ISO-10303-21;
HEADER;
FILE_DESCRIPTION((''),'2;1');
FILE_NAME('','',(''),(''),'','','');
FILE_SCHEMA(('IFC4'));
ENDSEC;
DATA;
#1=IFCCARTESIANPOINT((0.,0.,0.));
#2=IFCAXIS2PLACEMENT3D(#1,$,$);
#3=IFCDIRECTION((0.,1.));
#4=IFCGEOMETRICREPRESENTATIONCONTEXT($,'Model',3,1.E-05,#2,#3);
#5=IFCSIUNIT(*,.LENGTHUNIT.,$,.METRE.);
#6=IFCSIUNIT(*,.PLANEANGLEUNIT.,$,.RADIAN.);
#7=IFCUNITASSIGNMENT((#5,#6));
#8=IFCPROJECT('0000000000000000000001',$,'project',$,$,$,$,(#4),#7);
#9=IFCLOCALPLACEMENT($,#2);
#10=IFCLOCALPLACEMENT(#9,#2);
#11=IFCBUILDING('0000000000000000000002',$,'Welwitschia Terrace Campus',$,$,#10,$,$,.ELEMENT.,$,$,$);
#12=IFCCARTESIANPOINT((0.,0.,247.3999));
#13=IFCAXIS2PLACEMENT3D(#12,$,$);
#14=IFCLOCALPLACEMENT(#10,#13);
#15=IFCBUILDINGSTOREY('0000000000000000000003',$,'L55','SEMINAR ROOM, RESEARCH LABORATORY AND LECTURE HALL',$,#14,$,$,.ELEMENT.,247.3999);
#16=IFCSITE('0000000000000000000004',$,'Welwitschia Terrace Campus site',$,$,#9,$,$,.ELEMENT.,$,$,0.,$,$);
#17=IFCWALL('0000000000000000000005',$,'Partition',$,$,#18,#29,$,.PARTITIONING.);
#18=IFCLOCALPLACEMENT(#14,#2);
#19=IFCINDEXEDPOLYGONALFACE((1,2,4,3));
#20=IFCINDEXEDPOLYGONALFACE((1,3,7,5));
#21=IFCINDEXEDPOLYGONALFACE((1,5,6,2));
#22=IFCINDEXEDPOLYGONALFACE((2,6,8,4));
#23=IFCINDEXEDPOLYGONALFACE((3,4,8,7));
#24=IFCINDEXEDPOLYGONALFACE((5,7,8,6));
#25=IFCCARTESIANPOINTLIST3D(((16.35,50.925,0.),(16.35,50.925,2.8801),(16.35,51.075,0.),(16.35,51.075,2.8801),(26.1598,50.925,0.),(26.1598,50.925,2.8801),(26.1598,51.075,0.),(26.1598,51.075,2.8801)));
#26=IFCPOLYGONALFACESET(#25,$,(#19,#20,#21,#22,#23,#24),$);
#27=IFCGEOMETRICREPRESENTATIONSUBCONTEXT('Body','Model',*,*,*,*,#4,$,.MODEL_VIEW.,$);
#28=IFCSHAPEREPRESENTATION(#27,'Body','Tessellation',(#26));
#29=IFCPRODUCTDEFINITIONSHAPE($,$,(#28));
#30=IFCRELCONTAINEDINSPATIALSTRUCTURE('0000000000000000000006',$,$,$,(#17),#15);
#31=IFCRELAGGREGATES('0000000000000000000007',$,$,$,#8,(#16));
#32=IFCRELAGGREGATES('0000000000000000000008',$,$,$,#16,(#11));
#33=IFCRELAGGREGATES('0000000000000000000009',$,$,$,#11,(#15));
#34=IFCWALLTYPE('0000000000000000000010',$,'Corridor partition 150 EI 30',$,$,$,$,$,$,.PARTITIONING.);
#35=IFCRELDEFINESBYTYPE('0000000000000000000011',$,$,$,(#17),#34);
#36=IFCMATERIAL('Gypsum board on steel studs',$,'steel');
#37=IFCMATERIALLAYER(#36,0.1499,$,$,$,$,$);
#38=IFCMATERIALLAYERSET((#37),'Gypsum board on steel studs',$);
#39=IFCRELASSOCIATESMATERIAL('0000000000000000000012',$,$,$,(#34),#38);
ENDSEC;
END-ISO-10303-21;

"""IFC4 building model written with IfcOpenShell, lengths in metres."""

from ifc_helpers import new_model, si_unit, direction, frame, frame_2d, origin, place, context, subcontext, project, spatial, rectangle, extrude, material, layer, layer_set, type_object, element, save


model = new_model("IFC4")

# Units and contexts
model_context = context("Model", 3, precision=1e-05, world=origin(), true_north=direction((0.0, 1.0)))
body_context = subcontext(model_context, "Body", "Model", "MODEL_VIEW")
ifc_project = project(units=[si_unit("LENGTHUNIT", "METRE"), si_unit("PLANEANGLEUNIT", "RADIAN")], contexts=[model_context])

# Site, building, storey
site_placement = place(None, origin())
site = spatial("IfcSite", under=ifc_project, at=site_placement, Name="Welwitschia Terrace Campus site", CompositionType="ELEMENT", RefElevation=0.0)
building_placement = place(site_placement, origin())
building = spatial("IfcBuilding", under=site, at=building_placement, Name="Welwitschia Terrace Campus", CompositionType="ELEMENT")
storey_placement = place(building_placement, frame((0.0, 0.0, 247.3999)))
storey = spatial("IfcBuildingStorey", under=building, at=storey_placement, Name="L55", Description="SEMINAR ROOM, RESEARCH LABORATORY AND LECTURE HALL", CompositionType="ELEMENT", Elevation=247.3999)

# Shared definitions
ifc_material_1 = material(Name="Gypsum board on steel studs", Category="steel")
ifc_layer_1 = layer(ifc_material_1, 0.1499)
ifc_layer_set_1 = layer_set([ifc_layer_1], Name="Gypsum board on steel studs")
wall_type = type_object("IfcWallType", Name="Corridor partition 150 EI 30", PredefinedType="PARTITIONING", material=ifc_layer_set_1)

# Wall
wall_1_placement = place(storey_placement, frame((16.3501, 51.0, 0.0), z_axis=(0.0, 0.0, 1.0), x_axis=(1.0, 0.0, 0.0)))
element("IfcWall", 1, at=wall_1_placement, inside=storey, type_object=wall_type, Name="Partition", PredefinedType="PARTITIONING", context=body_context, shape_type="SweptSolid", body=[
    extrude(rectangle(XDim=9.8098, YDim=0.1499, at=frame_2d((4.9048, 0.0))), origin(), (0.0, 0.0, 1.0), 2.8801),
])

save(model, "model.ifc")
